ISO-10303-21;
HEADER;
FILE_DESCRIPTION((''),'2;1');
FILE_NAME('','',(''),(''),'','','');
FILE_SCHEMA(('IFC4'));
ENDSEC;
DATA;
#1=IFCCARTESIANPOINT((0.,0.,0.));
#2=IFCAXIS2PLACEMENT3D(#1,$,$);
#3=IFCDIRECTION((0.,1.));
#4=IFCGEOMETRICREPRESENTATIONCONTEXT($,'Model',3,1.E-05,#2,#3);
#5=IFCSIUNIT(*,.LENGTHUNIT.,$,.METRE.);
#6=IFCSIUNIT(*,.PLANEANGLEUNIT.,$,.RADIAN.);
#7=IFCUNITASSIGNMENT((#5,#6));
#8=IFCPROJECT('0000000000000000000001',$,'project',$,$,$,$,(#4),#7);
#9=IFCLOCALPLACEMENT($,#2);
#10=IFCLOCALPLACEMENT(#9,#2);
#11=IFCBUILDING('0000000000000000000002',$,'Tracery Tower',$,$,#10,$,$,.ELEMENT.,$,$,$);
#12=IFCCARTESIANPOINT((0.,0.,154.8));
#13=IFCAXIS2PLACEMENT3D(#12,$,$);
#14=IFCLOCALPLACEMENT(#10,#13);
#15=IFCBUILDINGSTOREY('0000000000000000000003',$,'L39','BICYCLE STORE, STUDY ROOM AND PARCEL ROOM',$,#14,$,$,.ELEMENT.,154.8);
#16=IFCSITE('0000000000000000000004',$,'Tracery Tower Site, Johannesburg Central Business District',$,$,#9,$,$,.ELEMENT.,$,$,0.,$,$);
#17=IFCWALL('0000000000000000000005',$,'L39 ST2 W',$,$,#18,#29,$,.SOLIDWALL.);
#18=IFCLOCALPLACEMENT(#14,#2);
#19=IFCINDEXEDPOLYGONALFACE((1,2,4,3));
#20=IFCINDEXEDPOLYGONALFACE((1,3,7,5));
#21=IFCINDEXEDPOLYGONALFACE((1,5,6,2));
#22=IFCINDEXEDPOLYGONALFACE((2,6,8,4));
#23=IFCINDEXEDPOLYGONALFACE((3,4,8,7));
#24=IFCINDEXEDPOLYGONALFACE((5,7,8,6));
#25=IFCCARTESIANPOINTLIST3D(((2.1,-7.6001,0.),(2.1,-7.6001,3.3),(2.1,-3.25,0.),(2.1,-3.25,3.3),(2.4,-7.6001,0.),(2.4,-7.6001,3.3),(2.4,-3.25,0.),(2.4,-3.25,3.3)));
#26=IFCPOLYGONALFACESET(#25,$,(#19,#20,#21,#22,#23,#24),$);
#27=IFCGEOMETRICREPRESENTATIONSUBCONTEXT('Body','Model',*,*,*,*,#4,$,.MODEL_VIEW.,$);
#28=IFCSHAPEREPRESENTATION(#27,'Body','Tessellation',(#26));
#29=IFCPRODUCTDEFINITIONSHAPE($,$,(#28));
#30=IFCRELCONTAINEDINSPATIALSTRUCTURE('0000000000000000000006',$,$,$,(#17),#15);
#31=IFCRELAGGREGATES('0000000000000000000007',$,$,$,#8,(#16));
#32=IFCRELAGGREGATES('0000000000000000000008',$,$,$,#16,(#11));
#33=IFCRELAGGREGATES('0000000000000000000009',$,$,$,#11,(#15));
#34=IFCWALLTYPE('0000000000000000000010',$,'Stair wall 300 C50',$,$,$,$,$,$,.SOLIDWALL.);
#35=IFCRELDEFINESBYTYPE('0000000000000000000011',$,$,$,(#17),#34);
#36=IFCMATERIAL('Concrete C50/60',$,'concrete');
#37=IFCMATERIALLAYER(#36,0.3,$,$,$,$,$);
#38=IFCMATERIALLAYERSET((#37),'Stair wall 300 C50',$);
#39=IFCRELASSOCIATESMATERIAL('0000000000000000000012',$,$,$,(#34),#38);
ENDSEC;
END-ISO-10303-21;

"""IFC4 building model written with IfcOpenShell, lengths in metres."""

from ifc_helpers import new_model, si_unit, direction, frame, frame_2d, origin, place, context, subcontext, project, spatial, rectangle, extrude, material, layer, layer_set, type_object, element, save


model = new_model("IFC4")

# Units and contexts
model_context = context("Model", 3, precision=1e-05, world=origin(), true_north=direction((0.0, 1.0)))
body_context = subcontext(model_context, "Body", "Model", "MODEL_VIEW")
ifc_project = project(units=[si_unit("LENGTHUNIT", "METRE"), si_unit("PLANEANGLEUNIT", "RADIAN")], contexts=[model_context])

# Site, building, storey
site_placement = place(None, origin())
site = spatial("IfcSite", under=ifc_project, at=site_placement, Name="Tracery Tower Site, Johannesburg Central Business District", CompositionType="ELEMENT", RefElevation=0.0)
building_placement = place(site_placement, origin())
building = spatial("IfcBuilding", under=site, at=building_placement, Name="Tracery Tower", CompositionType="ELEMENT")
storey_placement = place(building_placement, frame((0.0, 0.0, 154.8)))
storey = spatial("IfcBuildingStorey", under=building, at=storey_placement, Name="L39", Description="BICYCLE STORE, STUDY ROOM AND PARCEL ROOM", CompositionType="ELEMENT", Elevation=154.8)

# Wall
ifc_material_1 = material(Name="Concrete C50/60", Category="concrete")
ifc_layer_1 = layer(ifc_material_1, 0.3)
ifc_layer_set_1 = layer_set([ifc_layer_1], Name="Stair wall 300 C50")
wall_type_1 = type_object("IfcWallType", Name="Stair wall 300 C50", PredefinedType="SOLIDWALL", material=ifc_layer_set_1)
wall_1_placement = place(storey_placement, frame((2.25, -7.6001, 0.0), z_axis=(0.0, 0.0, 1.0), x_axis=(0.0, 1.0, 0.0)))
element("IfcWall", 1, at=wall_1_placement, inside=storey, type_object=wall_type_1, Name="L39 ST2 W", PredefinedType="SOLIDWALL", context=body_context, shape_type="SweptSolid", body=[
    extrude(rectangle(XDim=4.3501, YDim=0.3, at=frame_2d((2.175, 0.0))), origin(), (0.0, 0.0, 1.0), 3.3),
])

save(model, "model.ifc")
